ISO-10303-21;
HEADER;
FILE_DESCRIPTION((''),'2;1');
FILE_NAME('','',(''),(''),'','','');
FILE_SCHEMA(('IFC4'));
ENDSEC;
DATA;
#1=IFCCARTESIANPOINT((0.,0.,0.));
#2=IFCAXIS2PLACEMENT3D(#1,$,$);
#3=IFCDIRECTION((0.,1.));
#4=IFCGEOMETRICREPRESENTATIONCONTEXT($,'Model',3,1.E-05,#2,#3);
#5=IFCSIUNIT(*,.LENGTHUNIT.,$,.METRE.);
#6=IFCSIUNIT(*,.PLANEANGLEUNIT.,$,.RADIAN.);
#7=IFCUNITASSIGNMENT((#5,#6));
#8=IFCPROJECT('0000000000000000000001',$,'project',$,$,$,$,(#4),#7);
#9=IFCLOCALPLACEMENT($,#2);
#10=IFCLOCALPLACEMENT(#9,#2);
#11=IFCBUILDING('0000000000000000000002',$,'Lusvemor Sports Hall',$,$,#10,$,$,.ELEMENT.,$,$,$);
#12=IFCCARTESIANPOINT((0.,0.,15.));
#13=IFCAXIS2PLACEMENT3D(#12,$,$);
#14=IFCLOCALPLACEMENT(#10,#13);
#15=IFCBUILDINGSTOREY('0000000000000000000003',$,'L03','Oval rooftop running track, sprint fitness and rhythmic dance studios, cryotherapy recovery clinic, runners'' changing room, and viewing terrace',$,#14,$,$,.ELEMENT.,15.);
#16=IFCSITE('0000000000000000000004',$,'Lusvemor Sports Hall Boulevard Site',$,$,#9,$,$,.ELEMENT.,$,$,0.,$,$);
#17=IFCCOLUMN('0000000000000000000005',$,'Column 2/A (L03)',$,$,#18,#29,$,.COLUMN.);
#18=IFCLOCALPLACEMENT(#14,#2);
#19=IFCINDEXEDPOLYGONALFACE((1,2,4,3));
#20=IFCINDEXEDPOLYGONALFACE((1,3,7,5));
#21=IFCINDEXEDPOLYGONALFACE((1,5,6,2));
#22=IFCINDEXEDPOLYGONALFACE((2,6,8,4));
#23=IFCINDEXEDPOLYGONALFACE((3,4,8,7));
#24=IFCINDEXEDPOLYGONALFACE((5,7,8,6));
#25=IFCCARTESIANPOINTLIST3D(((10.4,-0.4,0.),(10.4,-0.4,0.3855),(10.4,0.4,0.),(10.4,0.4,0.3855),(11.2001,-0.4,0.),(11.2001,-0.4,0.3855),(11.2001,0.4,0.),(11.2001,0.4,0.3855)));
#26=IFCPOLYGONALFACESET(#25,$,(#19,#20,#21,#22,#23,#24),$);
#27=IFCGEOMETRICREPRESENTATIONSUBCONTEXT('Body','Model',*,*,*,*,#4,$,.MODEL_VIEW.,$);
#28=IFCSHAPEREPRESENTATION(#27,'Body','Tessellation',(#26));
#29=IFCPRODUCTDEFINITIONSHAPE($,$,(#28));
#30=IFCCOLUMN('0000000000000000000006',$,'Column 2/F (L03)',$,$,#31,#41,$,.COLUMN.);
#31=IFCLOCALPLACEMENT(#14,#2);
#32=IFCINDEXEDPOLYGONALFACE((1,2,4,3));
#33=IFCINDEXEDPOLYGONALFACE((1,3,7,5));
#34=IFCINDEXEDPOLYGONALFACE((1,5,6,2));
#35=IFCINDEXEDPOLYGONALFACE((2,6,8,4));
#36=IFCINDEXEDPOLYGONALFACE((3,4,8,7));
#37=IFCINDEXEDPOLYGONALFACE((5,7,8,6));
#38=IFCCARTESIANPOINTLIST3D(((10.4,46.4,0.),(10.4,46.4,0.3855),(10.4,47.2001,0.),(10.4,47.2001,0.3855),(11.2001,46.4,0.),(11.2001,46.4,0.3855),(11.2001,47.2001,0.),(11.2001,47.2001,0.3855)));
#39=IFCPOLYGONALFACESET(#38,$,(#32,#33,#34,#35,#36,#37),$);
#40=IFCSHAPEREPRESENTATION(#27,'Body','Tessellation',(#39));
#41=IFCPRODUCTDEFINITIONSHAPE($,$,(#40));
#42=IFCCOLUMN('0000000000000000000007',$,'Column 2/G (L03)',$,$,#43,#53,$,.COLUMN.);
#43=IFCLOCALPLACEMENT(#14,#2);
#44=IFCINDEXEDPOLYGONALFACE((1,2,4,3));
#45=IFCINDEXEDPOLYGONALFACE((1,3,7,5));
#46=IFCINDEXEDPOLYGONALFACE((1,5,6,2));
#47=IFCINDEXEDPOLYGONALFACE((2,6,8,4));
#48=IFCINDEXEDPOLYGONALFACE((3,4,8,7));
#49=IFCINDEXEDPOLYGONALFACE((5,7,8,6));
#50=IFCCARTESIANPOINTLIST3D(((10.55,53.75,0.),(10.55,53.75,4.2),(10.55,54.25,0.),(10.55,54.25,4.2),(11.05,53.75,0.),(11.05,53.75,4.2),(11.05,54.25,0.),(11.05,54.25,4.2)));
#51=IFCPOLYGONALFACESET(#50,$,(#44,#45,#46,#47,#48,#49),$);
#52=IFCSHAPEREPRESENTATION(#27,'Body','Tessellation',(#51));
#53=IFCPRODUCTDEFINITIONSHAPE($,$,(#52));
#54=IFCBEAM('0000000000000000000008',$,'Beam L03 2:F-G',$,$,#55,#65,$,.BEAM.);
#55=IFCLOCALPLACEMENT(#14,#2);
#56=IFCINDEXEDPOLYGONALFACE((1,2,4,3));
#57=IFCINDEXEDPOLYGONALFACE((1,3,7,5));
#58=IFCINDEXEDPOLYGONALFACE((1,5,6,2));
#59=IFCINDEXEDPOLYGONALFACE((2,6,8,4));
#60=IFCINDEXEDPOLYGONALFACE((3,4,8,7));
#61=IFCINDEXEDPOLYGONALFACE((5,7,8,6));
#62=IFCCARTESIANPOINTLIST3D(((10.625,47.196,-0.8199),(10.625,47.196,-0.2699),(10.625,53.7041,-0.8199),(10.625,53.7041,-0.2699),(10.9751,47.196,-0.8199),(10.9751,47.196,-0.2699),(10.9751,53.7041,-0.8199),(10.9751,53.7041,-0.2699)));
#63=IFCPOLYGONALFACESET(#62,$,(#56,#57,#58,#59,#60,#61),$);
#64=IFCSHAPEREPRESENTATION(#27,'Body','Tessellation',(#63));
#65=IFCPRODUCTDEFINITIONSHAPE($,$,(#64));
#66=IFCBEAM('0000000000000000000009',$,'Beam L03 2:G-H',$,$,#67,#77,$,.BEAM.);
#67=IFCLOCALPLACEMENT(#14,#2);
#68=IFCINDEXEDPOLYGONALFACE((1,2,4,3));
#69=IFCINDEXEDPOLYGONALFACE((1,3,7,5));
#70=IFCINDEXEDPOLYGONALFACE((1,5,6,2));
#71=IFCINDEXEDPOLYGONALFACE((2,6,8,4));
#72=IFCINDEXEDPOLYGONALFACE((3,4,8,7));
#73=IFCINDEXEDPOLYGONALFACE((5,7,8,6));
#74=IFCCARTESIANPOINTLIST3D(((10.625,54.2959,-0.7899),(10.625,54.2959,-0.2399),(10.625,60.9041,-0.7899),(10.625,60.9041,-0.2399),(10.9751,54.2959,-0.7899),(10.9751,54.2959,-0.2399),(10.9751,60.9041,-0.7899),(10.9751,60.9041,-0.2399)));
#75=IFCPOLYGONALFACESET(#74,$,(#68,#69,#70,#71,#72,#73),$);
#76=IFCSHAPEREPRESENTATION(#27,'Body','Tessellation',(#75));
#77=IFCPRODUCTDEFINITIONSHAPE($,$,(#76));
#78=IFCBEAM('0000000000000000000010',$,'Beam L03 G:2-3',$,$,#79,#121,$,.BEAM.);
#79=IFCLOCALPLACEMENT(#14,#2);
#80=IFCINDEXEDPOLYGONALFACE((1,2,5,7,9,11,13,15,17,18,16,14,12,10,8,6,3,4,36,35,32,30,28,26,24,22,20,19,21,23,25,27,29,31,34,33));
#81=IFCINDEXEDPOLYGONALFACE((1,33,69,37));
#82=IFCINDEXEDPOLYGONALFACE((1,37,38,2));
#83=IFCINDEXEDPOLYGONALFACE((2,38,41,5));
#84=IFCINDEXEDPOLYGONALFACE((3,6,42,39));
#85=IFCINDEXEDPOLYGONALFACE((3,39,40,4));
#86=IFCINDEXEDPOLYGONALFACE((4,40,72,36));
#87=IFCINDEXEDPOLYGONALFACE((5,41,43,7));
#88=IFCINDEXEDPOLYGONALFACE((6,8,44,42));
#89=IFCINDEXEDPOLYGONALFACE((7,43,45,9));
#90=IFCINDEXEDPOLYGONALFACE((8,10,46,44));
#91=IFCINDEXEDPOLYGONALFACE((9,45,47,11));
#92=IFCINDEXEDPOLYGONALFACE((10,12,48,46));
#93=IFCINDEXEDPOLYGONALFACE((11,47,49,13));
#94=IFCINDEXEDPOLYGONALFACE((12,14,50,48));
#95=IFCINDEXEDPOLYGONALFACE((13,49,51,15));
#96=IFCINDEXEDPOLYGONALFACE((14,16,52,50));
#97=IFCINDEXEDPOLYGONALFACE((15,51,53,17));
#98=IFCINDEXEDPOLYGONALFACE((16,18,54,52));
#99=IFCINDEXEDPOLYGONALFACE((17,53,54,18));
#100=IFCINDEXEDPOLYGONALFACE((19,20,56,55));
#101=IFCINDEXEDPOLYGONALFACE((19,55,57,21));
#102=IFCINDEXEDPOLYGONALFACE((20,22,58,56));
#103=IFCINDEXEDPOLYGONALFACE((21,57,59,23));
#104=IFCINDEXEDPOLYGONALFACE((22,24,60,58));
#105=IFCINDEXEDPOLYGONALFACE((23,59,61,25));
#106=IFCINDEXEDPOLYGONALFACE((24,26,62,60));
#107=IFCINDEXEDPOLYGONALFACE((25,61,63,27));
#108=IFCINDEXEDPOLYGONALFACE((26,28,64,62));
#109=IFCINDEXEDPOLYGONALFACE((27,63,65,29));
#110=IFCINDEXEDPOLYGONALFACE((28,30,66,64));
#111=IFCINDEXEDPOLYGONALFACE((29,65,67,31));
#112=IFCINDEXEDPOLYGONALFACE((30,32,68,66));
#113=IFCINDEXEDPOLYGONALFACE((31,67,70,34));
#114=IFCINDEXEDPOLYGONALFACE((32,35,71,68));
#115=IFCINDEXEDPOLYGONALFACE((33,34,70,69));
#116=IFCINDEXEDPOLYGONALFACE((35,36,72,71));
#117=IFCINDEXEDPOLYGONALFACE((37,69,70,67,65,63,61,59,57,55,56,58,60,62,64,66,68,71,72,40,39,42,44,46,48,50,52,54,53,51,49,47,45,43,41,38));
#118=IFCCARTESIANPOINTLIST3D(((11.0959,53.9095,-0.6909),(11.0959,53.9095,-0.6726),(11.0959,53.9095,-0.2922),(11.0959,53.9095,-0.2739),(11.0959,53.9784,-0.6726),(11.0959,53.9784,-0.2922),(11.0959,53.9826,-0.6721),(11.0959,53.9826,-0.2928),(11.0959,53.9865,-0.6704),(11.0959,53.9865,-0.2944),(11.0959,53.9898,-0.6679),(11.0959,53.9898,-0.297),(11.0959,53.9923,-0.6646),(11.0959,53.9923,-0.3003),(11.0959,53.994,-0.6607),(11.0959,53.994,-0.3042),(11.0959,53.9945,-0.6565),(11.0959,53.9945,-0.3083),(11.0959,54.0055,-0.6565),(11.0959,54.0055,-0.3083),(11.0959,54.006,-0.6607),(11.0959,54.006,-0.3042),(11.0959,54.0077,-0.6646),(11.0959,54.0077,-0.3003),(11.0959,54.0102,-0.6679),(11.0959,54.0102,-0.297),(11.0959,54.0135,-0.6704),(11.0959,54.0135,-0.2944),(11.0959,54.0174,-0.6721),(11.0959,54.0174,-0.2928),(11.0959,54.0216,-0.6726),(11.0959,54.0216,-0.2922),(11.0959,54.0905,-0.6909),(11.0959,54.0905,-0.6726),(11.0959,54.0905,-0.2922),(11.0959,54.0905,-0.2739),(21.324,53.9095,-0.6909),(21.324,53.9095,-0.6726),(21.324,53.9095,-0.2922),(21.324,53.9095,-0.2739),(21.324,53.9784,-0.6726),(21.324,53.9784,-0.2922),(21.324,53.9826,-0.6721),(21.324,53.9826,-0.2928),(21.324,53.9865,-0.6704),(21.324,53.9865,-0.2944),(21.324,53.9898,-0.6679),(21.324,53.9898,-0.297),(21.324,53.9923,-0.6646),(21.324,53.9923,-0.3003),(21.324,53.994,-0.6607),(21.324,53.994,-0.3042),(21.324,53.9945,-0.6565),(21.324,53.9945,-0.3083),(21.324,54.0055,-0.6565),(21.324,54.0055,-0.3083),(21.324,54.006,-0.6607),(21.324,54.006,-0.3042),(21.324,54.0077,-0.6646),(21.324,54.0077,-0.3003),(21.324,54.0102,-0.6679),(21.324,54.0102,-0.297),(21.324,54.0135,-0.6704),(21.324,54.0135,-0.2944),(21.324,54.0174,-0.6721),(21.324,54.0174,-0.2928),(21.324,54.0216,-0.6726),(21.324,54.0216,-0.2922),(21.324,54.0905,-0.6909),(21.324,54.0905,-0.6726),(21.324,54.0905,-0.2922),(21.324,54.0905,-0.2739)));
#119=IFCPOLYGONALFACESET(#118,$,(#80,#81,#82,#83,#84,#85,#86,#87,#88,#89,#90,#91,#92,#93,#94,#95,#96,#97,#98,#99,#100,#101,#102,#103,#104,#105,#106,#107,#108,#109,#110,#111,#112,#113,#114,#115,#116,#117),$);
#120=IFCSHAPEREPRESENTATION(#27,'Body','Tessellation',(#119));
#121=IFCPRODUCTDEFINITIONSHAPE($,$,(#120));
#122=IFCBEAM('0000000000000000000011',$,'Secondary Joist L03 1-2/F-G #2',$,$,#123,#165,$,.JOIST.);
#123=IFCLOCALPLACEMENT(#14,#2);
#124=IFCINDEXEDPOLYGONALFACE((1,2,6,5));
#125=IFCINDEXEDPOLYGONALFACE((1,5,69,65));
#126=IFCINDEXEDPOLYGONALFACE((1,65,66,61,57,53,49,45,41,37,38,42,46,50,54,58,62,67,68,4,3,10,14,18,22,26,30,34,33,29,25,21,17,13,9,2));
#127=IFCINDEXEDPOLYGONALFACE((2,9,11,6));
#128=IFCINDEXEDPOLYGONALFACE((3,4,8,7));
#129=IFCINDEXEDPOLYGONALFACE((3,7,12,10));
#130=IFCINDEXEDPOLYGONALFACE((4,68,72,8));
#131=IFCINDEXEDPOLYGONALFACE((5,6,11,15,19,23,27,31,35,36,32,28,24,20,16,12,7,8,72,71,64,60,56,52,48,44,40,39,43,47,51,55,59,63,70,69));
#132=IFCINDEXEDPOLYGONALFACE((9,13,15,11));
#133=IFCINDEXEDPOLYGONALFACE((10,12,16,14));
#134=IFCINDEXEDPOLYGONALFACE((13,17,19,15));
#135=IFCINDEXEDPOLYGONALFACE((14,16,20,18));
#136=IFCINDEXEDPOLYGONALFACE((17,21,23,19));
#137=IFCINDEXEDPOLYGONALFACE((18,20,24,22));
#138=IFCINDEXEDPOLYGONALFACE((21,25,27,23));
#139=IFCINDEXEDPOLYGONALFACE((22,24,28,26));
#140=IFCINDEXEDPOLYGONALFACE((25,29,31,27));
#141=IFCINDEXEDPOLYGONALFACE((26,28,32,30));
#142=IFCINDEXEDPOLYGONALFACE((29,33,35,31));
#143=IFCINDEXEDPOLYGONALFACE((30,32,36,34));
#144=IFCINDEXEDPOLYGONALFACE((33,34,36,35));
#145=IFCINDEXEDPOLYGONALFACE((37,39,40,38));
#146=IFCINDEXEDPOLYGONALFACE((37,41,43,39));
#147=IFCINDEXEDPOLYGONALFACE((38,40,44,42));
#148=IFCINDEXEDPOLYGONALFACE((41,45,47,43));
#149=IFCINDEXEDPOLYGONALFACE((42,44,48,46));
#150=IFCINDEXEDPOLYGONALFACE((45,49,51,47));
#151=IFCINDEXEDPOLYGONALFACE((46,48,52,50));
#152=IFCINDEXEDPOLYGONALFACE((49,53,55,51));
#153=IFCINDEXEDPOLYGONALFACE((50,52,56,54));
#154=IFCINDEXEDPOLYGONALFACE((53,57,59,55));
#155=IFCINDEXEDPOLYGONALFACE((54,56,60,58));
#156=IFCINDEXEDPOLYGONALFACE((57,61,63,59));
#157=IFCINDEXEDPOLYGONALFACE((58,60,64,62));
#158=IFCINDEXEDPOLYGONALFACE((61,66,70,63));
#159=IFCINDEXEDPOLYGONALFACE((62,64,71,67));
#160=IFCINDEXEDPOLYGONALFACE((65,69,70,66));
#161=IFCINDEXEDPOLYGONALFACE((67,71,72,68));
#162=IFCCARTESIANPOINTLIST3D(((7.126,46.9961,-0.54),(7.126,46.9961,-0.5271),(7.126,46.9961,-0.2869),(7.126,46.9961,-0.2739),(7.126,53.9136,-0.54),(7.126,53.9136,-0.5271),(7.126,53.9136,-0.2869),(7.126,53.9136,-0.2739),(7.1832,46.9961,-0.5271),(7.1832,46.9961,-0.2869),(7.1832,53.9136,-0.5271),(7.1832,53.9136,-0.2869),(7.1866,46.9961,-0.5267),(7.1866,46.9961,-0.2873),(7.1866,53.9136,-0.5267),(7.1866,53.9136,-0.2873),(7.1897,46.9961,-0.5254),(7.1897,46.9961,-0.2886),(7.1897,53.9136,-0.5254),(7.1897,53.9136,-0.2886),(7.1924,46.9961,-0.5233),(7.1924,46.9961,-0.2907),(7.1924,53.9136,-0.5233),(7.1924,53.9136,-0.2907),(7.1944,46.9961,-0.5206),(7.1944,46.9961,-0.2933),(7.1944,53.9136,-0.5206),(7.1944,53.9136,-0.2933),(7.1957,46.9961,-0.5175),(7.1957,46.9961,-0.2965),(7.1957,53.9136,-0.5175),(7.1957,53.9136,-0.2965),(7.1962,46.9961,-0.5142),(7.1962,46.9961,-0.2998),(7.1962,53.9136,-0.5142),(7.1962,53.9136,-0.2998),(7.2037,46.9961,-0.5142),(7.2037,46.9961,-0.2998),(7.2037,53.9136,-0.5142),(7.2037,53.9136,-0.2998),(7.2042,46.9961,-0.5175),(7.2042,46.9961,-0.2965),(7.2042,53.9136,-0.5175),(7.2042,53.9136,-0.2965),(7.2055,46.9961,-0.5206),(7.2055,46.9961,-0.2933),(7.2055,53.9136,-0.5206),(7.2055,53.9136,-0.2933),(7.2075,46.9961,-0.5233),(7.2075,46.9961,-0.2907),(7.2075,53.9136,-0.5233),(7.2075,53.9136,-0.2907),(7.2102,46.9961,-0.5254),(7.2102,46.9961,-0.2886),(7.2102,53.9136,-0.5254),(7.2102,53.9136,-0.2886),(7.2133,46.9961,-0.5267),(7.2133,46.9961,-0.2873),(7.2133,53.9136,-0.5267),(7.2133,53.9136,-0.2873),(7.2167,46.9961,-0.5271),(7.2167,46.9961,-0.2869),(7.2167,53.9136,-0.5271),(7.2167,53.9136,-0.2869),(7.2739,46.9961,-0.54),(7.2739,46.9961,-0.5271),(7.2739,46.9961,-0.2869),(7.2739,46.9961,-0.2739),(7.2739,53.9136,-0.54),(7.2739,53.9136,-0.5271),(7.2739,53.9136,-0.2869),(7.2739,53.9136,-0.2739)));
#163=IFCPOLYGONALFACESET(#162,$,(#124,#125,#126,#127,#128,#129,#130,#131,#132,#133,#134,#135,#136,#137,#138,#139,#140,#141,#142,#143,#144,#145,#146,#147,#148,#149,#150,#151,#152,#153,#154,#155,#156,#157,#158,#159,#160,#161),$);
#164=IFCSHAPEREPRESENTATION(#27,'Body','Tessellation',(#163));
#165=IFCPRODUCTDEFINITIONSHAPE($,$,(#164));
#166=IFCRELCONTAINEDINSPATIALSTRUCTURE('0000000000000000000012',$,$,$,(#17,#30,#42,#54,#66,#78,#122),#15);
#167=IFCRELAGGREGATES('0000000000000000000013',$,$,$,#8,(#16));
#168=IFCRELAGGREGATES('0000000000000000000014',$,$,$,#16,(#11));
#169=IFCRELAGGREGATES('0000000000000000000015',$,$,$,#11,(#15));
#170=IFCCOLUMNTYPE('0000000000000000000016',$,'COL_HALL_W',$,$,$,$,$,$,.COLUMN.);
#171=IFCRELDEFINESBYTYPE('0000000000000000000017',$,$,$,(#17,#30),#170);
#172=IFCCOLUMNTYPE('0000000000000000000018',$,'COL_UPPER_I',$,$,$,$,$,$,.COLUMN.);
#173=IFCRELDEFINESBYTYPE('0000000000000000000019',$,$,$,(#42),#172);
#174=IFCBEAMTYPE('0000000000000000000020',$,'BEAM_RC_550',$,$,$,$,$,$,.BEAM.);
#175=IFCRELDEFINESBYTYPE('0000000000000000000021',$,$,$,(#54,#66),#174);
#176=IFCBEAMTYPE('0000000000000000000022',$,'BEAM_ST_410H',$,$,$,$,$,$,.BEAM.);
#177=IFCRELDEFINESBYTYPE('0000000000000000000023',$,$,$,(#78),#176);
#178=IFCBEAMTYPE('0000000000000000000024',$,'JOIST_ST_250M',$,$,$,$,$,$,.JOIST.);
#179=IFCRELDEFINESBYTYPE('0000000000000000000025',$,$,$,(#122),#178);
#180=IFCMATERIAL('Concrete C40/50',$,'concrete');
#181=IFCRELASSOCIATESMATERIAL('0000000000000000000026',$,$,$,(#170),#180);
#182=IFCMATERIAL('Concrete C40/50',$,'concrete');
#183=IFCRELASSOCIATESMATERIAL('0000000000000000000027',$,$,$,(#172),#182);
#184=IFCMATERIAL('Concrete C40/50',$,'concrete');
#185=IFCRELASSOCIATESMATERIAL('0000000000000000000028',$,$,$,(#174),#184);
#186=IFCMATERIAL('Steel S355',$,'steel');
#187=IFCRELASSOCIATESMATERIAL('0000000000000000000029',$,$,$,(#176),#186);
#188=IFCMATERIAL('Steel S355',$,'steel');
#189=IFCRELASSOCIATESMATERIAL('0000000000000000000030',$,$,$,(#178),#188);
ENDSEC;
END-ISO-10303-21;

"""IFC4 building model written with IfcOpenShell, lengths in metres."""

from ifc_helpers import new_model, si_unit, direction, frame, origin, origin_2d, place, context, subcontext, project, spatial, rectangle, i_section, extrude, material, material_profile, profile_set, type_object, element, save


model = new_model("IFC4")

# Units and contexts
model_context = context("Model", 3, precision=1e-05, world=origin(), true_north=direction((0.0, 1.0)))
body_context = subcontext(model_context, "Body", "Model", "MODEL_VIEW")
ifc_project = project(units=[si_unit("LENGTHUNIT", "METRE"), si_unit("PLANEANGLEUNIT", "RADIAN")], contexts=[model_context])

# Site, building, storey
site_placement = place(None, origin())
site = spatial("IfcSite", under=ifc_project, at=site_placement, Name="Lusvemor Sports Hall Boulevard Site", CompositionType="ELEMENT", RefElevation=0.0)
building_placement = place(site_placement, origin())
building = spatial("IfcBuilding", under=site, at=building_placement, Name="Lusvemor Sports Hall", CompositionType="ELEMENT")
storey_placement = place(building_placement, frame((0.0, 0.0, 15.0)))
storey = spatial("IfcBuildingStorey", under=building, at=storey_placement, Name="L03", Description="Oval rooftop running track, sprint fitness and rhythmic dance studios, cryotherapy recovery clinic, runners' changing room, and viewing terrace", CompositionType="ELEMENT", Elevation=15.0)

# Columns
ifc_material_1 = material(Name="Concrete C40/50", Category="concrete")
ifc_material_profile_1 = material_profile(ifc_material_1, rectangle(XDim=0.8, YDim=0.8, at=origin_2d()), Name="RC800x800")
ifc_profile_set_1 = profile_set([ifc_material_profile_1], Name="Concrete C40/50")
column_type_1 = type_object("IfcColumnType", Name="COL_HALL_W", PredefinedType="COLUMN", material=ifc_profile_set_1)
for number, where, z_axis, x_axis, name in (
    (1, (10.8, 0.0, 0.0), (0.0, 0.0, 1.0), (1.0, 0.0, 0.0), "Column 2/A (L03)"),
    (2, (10.8, 46.8, 0.0), (0.0, 0.0, 1.0), (1.0, 0.0, 0.0), "Column 2/F (L03)"),
):
    element("IfcColumn", number, at=place(storey_placement, frame(where, z_axis=z_axis, x_axis=x_axis)), inside=storey, type_object=column_type_1, Name=name, PredefinedType="COLUMN", context=body_context, shape_type="SweptSolid", body=[
        extrude(rectangle(XDim=0.8, YDim=0.8, at=origin_2d()), origin(), (0.0, 0.0, 1.0), 0.3855),
    ])
ifc_material_2 = material(Name="Concrete C40/50", Category="concrete")
ifc_material_profile_2 = material_profile(ifc_material_2, rectangle(XDim=0.5, YDim=0.5, at=origin_2d()), Name="RC500x500")
ifc_profile_set_2 = profile_set([ifc_material_profile_2], Name="Concrete C40/50")
column_type_2 = type_object("IfcColumnType", Name="COL_UPPER_I", PredefinedType="COLUMN", material=ifc_profile_set_2)
column_placement = place(storey_placement, frame((10.8, 54.0, 0.0), z_axis=(0.0, 0.0, 1.0), x_axis=(1.0, 0.0, 0.0)))
element("IfcColumn", 3, at=column_placement, inside=storey, type_object=column_type_2, Name="Column 2/G (L03)", PredefinedType="COLUMN", context=body_context, shape_type="SweptSolid", body=[
    extrude(rectangle(XDim=0.5, YDim=0.5, at=origin_2d()), origin(), (0.0, 0.0, 1.0), 4.2),
])

# Beams
ifc_material_3 = material(Name="Concrete C40/50", Category="concrete")
ifc_material_profile_3 = material_profile(ifc_material_3, rectangle(XDim=0.3501, YDim=0.55, at=origin_2d()), Name="RC350x550")
ifc_profile_set_3 = profile_set([ifc_material_profile_3], Name="Concrete C40/50")
beam_type_1 = type_object("IfcBeamType", Name="BEAM_RC_550", PredefinedType="BEAM", material=ifc_profile_set_3)
beam_1_placement = place(storey_placement, frame((10.8, 47.196, -0.5449), z_axis=(0.0, 1.0, 0.0), x_axis=(-1.0, 0.0, 0.0)))
element("IfcBeam", 4, at=beam_1_placement, inside=storey, type_object=beam_type_1, Name="Beam L03 2:F-G", PredefinedType="BEAM", context=body_context, shape_type="SweptSolid", body=[
    extrude(rectangle(XDim=0.3501, YDim=0.55, at=origin_2d()), origin(), (0.0, 0.0, 1.0), 6.5081),
])
beam_2_placement = place(storey_placement, frame((10.8, 54.2959, -0.5149), z_axis=(0.0, 1.0, 0.0), x_axis=(-1.0, 0.0, 0.0)))
element("IfcBeam", 5, at=beam_2_placement, inside=storey, type_object=beam_type_1, Name="Beam L03 2:G-H", PredefinedType="BEAM", context=body_context, shape_type="SweptSolid", body=[
    extrude(rectangle(XDim=0.3501, YDim=0.55, at=origin_2d()), origin(), (0.0, 0.0, 1.0), 6.6082),
])
ifc_material_4 = material(Name="Steel S355", Category="steel")
ifc_material_profile_4 = material_profile(ifc_material_4, i_section(OverallWidth=0.1809, OverallDepth=0.417, WebThickness=0.011, FlangeThickness=0.0183, FilletRadius=0.0161, at=origin_2d()), Name="W410x85.0")
ifc_profile_set_4 = profile_set([ifc_material_profile_4], Name="Steel S355")
beam_type_2 = type_object("IfcBeamType", Name="BEAM_ST_410H", PredefinedType="BEAM", material=ifc_profile_set_4)
beam_3_placement = place(storey_placement, frame((11.0959, 54.0, -0.4824), z_axis=(1.0, 0.0, 0.0), x_axis=(0.0, 1.0, 0.0)))
element("IfcBeam", 6, at=beam_3_placement, inside=storey, type_object=beam_type_2, Name="Beam L03 G:2-3", PredefinedType="BEAM", context=body_context, shape_type="SweptSolid", body=[
    extrude(i_section(OverallWidth=0.1809, OverallDepth=0.417, WebThickness=0.011, FlangeThickness=0.0183, FilletRadius=0.0161, at=origin_2d()), origin(), (0.0, 0.0, 1.0), 10.228),
])
ifc_material_5 = material(Name="Steel S355", Category="steel")
ifc_material_profile_5 = material_profile(ifc_material_5, i_section(OverallWidth=0.1479, OverallDepth=0.2661, WebThickness=0.0076, FlangeThickness=0.0129, FilletRadius=0.0129, at=origin_2d()), Name="W250x44.8")
ifc_profile_set_5 = profile_set([ifc_material_profile_5], Name="Steel S355")
beam_type_3 = type_object("IfcBeamType", Name="JOIST_ST_250M", PredefinedType="JOIST", material=ifc_profile_set_5)
beam_4_placement = place(storey_placement, frame((7.2, 46.9961, -0.407), z_axis=(0.0, 1.0, 0.0), x_axis=(-1.0, 0.0, 0.0)))
element("IfcBeam", 7, at=beam_4_placement, inside=storey, type_object=beam_type_3, Name="Secondary Joist L03 1-2/F-G #2", PredefinedType="JOIST", context=body_context, shape_type="SweptSolid", body=[
    extrude(i_section(OverallWidth=0.1479, OverallDepth=0.2661, WebThickness=0.0076, FlangeThickness=0.0129, FilletRadius=0.0129, at=origin_2d()), origin(), (0.0, 0.0, 1.0), 6.9175),
])

save(model, "model.ifc")
